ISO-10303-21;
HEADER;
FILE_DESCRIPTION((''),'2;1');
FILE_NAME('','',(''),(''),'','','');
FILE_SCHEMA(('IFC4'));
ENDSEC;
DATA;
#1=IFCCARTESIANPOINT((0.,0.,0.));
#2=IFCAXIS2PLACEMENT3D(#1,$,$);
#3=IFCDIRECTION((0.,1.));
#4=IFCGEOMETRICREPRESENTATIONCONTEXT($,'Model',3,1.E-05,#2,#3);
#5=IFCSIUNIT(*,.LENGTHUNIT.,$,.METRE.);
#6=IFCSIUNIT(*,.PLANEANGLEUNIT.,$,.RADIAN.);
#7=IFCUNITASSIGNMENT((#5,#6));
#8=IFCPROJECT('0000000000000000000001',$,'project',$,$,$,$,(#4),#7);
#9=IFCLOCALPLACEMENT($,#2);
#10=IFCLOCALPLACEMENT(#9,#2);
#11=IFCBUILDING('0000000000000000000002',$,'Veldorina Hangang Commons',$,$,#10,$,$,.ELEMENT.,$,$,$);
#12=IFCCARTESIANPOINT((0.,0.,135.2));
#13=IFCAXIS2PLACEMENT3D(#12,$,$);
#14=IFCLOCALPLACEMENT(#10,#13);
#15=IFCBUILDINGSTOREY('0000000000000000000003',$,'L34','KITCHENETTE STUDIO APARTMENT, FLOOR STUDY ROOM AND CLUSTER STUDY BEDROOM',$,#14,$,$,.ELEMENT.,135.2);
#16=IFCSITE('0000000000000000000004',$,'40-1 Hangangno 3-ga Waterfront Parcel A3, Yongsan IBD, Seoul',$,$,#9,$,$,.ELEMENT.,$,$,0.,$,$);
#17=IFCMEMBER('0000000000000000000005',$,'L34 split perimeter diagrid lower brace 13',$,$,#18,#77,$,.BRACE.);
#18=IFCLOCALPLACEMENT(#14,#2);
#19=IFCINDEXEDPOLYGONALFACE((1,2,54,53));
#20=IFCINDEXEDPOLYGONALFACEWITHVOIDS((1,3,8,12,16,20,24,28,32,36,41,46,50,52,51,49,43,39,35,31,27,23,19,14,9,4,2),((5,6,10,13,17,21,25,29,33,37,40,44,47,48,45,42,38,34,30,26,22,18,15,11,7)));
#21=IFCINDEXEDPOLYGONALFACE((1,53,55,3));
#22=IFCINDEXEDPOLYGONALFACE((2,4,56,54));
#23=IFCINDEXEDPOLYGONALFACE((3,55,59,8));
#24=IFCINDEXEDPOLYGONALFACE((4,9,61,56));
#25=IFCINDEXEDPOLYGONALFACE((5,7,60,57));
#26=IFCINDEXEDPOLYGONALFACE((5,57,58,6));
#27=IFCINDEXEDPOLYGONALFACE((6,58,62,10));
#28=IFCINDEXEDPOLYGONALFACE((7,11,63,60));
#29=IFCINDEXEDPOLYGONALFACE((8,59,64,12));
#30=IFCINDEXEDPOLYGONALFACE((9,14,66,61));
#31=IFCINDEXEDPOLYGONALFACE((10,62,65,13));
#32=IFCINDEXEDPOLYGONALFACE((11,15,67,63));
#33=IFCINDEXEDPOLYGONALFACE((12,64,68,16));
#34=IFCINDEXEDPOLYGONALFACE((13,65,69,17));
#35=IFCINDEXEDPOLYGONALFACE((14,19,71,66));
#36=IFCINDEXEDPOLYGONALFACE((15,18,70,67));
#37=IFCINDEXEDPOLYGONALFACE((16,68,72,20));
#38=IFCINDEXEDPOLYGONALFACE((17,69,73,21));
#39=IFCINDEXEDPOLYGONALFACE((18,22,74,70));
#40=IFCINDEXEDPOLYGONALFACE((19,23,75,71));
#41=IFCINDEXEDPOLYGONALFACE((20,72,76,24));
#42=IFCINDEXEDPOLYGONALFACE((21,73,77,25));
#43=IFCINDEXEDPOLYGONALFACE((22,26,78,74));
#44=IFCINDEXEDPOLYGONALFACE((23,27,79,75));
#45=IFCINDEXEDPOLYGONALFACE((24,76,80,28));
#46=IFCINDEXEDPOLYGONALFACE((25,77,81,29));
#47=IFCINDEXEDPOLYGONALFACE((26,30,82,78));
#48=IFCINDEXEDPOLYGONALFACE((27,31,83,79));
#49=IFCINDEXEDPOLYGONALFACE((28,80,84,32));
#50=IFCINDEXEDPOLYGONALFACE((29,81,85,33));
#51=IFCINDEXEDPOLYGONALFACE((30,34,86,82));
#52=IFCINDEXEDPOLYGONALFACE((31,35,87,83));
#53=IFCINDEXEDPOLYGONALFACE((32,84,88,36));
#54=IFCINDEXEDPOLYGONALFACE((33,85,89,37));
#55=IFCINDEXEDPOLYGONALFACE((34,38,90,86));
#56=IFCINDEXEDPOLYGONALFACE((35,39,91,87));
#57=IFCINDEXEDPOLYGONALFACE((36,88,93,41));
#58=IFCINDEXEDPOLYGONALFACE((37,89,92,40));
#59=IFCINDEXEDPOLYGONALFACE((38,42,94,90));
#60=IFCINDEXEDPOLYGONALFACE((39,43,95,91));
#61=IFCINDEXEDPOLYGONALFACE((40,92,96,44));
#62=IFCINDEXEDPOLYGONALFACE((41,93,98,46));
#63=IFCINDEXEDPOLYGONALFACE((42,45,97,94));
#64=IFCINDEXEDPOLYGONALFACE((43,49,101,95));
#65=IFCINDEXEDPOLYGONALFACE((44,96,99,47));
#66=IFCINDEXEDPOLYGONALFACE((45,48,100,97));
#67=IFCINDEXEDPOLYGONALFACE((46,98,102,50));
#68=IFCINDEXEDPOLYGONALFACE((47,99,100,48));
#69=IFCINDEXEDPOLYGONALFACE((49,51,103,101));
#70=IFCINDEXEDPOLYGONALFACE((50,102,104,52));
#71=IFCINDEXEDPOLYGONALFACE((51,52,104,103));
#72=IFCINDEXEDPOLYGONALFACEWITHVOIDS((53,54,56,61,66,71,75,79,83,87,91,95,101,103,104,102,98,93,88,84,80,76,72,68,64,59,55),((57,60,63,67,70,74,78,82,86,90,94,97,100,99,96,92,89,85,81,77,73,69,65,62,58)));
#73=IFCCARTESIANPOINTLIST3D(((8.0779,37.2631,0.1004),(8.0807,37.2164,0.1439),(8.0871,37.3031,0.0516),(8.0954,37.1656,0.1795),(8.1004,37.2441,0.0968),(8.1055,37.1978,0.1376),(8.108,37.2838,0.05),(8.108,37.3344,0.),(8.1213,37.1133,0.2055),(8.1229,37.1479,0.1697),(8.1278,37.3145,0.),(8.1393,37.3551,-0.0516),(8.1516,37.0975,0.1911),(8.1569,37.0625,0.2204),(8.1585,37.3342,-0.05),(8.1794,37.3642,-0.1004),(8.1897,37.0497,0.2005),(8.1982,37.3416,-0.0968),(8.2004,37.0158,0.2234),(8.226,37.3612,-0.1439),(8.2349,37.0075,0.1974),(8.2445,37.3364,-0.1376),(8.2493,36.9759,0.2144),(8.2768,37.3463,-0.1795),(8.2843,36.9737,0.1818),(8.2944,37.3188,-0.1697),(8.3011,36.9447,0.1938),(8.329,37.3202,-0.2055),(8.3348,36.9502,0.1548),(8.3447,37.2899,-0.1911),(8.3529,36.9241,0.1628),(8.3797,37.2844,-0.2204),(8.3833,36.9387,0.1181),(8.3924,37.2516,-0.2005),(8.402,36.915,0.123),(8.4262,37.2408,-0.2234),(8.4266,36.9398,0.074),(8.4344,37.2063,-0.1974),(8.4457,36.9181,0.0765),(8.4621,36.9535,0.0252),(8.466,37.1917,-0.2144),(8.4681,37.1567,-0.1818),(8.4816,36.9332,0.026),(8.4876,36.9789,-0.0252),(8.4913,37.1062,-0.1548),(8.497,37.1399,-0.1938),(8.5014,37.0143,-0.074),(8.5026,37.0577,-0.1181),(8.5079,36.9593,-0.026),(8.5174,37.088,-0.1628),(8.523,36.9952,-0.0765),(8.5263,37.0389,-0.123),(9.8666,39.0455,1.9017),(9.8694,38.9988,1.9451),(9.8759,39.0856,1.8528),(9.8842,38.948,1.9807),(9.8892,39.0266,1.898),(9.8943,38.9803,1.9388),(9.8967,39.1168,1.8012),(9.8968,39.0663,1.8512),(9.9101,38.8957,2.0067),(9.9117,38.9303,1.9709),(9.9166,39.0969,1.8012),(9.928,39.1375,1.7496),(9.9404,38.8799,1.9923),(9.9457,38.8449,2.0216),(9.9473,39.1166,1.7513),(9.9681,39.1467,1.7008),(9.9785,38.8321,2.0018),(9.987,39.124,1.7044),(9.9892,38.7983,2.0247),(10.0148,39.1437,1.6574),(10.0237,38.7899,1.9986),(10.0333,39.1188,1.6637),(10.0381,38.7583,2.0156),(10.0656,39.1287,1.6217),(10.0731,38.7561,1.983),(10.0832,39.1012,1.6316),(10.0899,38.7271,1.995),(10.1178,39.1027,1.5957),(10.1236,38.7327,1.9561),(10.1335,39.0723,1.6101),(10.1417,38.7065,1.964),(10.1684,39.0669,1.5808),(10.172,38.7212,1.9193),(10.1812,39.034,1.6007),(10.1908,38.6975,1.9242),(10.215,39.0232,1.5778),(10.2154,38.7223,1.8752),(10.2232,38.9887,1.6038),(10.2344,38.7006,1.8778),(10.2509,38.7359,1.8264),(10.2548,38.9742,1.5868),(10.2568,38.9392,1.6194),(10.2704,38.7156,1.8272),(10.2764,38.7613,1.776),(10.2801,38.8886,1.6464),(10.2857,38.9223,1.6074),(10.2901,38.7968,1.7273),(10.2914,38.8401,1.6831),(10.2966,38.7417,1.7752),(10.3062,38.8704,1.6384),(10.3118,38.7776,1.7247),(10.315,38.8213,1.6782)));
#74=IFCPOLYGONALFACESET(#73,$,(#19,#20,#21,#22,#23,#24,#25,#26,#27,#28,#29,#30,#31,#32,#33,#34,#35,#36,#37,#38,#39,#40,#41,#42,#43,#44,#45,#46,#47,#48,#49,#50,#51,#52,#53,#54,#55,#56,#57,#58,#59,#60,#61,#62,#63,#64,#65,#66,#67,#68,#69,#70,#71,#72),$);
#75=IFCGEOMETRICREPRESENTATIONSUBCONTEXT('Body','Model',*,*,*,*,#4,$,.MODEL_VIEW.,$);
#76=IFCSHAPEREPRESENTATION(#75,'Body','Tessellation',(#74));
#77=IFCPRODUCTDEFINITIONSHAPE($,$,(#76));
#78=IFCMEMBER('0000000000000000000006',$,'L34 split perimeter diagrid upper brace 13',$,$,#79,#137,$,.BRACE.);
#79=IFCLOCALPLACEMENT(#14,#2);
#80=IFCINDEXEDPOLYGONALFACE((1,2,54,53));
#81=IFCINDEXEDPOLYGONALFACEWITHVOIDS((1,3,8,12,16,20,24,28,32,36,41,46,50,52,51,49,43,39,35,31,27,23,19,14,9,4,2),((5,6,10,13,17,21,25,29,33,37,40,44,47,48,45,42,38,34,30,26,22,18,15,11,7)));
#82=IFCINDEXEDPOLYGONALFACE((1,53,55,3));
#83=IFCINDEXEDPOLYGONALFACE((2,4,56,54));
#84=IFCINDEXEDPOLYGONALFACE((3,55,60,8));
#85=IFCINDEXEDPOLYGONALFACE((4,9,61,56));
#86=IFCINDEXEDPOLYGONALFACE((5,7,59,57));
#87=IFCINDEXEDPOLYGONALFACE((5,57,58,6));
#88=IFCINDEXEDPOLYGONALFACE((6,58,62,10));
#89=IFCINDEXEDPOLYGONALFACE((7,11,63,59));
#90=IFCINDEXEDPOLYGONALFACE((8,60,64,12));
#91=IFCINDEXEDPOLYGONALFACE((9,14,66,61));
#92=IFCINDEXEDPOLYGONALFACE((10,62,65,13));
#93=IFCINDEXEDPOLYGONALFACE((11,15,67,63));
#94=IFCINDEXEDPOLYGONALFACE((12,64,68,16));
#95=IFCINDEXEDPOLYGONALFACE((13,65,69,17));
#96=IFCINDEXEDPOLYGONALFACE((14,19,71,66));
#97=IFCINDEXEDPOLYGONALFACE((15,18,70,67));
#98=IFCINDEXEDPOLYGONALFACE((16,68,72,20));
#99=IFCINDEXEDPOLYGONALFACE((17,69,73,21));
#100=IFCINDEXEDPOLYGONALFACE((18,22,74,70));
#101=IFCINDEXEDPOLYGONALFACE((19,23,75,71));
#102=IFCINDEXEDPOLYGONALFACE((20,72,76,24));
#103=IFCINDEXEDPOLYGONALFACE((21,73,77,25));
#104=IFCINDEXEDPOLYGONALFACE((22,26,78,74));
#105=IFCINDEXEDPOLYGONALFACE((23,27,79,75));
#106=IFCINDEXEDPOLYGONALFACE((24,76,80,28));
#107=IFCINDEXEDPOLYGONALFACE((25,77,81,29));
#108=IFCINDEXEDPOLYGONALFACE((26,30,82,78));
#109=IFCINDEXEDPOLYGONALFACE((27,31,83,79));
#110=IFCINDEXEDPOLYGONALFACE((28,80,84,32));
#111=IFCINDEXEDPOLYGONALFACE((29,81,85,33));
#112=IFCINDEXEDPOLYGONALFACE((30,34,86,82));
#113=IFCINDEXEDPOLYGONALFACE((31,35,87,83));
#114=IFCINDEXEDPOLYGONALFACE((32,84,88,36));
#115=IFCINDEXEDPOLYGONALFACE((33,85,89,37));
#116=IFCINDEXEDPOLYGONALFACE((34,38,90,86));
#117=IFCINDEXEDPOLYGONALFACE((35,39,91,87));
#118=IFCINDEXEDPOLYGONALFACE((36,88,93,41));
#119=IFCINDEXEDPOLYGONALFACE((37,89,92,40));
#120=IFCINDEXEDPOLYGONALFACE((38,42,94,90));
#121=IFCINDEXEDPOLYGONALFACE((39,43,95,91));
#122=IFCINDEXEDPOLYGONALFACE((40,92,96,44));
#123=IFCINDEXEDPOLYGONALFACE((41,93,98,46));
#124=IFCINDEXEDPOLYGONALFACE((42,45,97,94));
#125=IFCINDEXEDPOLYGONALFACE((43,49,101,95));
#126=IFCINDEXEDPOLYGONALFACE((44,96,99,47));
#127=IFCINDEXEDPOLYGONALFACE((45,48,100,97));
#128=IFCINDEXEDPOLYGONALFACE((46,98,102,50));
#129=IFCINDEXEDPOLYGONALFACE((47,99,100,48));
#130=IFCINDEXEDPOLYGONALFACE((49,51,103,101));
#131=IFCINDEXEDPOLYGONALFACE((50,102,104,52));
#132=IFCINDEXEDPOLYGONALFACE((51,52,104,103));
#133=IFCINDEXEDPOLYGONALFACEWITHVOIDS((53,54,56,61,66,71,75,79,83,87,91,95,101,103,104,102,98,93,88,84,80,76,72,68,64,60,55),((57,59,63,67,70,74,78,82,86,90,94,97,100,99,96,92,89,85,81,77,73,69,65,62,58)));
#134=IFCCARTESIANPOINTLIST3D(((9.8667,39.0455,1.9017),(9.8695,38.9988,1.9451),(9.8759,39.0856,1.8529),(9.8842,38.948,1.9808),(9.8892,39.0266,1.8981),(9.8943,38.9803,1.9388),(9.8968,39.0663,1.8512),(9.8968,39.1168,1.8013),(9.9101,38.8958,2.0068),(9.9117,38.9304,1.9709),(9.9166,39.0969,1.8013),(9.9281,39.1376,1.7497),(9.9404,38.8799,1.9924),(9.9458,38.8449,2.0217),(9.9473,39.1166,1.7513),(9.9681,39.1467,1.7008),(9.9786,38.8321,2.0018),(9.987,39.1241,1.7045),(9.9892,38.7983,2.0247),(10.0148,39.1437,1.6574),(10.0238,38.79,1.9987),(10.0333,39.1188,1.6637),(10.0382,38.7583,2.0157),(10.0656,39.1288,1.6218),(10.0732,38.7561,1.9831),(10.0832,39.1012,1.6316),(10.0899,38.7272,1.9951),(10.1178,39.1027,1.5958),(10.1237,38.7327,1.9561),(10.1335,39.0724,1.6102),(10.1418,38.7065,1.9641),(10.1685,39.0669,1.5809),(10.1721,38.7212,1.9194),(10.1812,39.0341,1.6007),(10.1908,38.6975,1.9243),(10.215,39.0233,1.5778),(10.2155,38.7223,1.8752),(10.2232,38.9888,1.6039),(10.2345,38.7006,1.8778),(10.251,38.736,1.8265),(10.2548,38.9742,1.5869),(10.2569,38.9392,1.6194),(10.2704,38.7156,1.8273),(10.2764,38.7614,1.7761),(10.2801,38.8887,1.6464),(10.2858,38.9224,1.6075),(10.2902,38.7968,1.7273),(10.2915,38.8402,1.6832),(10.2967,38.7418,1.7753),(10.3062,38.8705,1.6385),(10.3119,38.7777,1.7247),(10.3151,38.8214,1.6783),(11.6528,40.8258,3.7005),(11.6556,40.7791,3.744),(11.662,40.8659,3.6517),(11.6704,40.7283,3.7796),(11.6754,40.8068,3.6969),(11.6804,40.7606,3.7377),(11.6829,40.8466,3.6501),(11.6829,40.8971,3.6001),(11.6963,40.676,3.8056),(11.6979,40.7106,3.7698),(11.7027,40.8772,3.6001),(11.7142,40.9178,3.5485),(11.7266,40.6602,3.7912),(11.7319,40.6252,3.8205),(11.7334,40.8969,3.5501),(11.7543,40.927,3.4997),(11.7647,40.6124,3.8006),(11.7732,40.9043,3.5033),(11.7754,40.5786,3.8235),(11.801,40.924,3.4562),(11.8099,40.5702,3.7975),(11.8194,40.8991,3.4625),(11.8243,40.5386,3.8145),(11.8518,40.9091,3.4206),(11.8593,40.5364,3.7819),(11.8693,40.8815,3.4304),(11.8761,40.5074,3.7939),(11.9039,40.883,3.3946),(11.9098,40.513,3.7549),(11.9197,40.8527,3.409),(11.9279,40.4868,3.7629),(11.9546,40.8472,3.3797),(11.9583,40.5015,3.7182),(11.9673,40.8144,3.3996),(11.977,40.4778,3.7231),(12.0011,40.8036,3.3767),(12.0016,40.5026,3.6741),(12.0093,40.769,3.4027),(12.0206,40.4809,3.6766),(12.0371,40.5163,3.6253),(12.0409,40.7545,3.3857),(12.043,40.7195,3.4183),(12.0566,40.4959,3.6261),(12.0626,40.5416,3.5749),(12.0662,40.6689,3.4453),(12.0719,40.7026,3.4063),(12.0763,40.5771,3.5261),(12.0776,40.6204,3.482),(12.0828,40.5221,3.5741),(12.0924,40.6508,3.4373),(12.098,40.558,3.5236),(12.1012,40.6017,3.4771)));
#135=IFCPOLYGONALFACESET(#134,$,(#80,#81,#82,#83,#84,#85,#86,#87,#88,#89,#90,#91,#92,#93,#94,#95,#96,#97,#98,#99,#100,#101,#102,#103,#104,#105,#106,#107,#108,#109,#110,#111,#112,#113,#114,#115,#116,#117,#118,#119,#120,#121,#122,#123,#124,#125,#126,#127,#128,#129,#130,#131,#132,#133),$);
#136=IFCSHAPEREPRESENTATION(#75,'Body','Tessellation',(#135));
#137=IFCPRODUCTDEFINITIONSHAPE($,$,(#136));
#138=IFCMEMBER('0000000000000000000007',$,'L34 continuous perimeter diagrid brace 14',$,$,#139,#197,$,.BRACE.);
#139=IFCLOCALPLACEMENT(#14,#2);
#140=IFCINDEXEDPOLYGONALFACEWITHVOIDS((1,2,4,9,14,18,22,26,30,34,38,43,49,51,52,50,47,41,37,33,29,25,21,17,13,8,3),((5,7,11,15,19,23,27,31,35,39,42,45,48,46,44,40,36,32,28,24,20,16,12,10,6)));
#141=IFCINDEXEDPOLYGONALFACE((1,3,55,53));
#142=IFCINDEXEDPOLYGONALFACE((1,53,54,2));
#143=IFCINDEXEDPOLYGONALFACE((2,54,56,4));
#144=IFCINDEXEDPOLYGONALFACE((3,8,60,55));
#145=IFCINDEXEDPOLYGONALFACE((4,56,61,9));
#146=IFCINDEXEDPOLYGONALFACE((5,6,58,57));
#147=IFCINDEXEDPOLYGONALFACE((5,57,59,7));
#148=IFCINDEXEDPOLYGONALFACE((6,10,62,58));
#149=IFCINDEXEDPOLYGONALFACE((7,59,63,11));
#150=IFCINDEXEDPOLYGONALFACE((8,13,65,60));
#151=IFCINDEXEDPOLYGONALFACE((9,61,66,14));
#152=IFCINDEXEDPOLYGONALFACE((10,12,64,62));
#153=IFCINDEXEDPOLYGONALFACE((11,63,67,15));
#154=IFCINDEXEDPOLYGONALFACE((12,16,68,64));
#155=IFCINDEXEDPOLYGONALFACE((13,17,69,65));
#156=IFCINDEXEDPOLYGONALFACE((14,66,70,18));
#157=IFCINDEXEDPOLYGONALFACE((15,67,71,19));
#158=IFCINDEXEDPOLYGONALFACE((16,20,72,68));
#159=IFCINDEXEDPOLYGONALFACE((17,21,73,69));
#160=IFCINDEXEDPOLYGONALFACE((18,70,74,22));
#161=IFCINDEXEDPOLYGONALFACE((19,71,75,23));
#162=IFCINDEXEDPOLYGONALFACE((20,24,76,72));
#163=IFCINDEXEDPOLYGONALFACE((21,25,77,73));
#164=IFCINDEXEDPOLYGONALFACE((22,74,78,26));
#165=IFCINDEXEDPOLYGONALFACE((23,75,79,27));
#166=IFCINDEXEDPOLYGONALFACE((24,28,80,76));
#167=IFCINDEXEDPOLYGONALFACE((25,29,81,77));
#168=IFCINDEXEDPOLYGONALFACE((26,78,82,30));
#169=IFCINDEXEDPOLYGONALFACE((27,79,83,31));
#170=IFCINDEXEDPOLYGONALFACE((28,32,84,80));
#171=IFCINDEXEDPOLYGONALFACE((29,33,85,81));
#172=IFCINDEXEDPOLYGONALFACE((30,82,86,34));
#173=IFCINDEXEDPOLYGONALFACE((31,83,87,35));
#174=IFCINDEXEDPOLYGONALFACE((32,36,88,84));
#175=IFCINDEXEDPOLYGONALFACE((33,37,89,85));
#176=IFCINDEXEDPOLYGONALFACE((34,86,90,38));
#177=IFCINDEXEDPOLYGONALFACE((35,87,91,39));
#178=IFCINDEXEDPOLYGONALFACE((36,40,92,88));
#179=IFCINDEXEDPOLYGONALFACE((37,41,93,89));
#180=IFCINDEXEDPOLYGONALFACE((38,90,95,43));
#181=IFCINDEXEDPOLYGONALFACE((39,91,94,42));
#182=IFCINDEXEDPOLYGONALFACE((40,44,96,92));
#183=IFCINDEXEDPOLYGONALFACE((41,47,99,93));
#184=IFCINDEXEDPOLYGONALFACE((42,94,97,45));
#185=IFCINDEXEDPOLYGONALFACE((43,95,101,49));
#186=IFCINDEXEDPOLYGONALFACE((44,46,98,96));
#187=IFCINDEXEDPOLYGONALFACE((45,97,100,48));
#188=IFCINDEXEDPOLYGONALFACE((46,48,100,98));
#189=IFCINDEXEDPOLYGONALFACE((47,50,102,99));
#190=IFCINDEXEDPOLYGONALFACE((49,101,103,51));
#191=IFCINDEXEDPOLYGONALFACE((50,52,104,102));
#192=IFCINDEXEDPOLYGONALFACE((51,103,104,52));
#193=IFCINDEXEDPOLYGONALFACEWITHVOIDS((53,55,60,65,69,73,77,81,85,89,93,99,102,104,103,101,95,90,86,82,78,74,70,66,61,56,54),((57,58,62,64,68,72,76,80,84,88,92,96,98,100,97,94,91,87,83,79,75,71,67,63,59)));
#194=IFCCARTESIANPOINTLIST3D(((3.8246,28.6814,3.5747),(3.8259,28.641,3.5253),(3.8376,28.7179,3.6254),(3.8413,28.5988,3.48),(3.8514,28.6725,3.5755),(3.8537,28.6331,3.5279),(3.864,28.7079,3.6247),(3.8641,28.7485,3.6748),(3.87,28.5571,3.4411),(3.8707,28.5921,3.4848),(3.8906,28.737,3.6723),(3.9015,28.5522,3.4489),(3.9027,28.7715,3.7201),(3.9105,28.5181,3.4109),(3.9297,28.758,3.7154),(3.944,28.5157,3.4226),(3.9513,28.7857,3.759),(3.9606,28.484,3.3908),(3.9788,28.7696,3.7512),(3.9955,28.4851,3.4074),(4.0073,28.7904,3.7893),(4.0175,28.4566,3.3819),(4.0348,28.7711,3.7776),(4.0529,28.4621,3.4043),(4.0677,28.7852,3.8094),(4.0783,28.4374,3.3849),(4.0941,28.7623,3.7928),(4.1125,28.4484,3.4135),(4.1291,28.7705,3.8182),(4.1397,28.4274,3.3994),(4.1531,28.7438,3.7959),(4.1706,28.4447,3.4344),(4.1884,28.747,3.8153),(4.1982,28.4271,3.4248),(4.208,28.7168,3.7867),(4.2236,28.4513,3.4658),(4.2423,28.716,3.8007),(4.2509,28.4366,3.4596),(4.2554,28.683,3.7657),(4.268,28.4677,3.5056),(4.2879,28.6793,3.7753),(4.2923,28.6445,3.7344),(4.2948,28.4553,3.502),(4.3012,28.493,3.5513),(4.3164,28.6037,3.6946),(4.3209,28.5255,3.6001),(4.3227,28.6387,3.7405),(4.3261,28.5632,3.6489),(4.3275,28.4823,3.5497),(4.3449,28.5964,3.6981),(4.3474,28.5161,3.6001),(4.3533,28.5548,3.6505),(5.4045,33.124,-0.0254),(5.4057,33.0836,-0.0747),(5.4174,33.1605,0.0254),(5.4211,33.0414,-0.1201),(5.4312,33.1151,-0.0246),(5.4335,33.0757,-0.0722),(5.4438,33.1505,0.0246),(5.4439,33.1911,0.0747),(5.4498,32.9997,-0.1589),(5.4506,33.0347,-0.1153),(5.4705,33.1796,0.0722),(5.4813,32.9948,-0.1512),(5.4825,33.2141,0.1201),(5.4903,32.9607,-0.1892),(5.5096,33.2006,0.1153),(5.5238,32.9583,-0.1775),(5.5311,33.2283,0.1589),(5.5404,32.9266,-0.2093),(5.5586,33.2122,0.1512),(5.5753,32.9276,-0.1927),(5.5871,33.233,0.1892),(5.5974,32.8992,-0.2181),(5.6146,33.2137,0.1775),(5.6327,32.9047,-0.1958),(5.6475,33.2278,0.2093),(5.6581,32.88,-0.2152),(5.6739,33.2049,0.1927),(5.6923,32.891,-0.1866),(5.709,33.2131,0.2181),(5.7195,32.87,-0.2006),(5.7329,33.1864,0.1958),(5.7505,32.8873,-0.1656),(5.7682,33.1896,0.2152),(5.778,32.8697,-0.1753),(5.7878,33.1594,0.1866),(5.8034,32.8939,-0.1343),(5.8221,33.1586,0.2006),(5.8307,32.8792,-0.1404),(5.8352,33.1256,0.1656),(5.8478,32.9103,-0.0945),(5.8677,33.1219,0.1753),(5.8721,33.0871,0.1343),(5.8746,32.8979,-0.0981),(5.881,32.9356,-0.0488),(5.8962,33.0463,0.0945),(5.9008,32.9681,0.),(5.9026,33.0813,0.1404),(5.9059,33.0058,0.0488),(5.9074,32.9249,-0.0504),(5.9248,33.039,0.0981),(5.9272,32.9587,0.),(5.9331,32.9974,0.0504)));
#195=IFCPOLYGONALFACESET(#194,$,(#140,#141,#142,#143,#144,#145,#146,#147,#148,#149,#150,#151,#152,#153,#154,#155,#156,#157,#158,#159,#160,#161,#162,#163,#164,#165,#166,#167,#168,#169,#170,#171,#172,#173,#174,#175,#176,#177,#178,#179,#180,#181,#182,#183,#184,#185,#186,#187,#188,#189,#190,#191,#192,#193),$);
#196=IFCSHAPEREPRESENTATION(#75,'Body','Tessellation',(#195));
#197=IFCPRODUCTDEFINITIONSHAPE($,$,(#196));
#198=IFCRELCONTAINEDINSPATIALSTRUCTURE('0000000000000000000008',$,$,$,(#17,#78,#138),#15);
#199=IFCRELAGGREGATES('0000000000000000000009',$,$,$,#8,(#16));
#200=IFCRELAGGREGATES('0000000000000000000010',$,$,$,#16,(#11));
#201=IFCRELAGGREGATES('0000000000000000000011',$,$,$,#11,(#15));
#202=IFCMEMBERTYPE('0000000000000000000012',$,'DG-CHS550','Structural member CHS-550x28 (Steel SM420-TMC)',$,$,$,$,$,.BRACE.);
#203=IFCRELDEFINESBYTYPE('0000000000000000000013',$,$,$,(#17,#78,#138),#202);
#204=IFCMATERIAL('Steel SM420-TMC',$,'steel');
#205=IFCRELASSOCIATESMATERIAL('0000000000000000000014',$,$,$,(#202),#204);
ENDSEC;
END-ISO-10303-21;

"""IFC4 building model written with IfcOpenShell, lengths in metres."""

from ifc_helpers import new_model, si_unit, direction, frame, origin, origin_2d, place, context, subcontext, project, spatial, hollow_circle, extrude, material, material_profile, profile_set, type_object, element, save


model = new_model("IFC4")

# Units and contexts
model_context = context("Model", 3, precision=1e-05, world=origin(), true_north=direction((0.0, 1.0)))
body_context = subcontext(model_context, "Body", "Model", "MODEL_VIEW")
ifc_project = project(units=[si_unit("LENGTHUNIT", "METRE"), si_unit("PLANEANGLEUNIT", "RADIAN")], contexts=[model_context])

# Site, building, storey
site_placement = place(None, origin())
site = spatial("IfcSite", under=ifc_project, at=site_placement, Name="40-1 Hangangno 3-ga Waterfront Parcel A3, Yongsan IBD, Seoul", CompositionType="ELEMENT", RefElevation=0.0)
building_placement = place(site_placement, origin())
building = spatial("IfcBuilding", under=site, at=building_placement, Name="Veldorina Hangang Commons", CompositionType="ELEMENT")
storey_placement = place(building_placement, frame((0.0, 0.0, 135.2)))
storey = spatial("IfcBuildingStorey", under=building, at=storey_placement, Name="L34", Description="KITCHENETTE STUDIO APARTMENT, FLOOR STUDY ROOM AND CLUSTER STUDY BEDROOM", CompositionType="ELEMENT", Elevation=135.2)

# Shared definitions
ifc_material_1 = material(Name="Steel SM420-TMC", Category="steel")

# Members
ifc_material_profile_1 = material_profile(ifc_material_1, hollow_circle(Radius=0.2749, WallThickness=0.0281, at=origin_2d()), Name="CHS-550x28")
ifc_profile_set_1 = profile_set([ifc_material_profile_1], Name="Steel SM420-TMC")
member_type = type_object("IfcMemberType", Name="DG-CHS550", Description="Structural member CHS-550x28 (Steel SM420-TMC)", PredefinedType="BRACE", material=ifc_profile_set_1)
member_1_placement = place(storey_placement, frame((8.302, 37.1396, 0.0), z_axis=(0.576689, 0.574642, 0.580703), x_axis=(-0.705849, 0.708362, 0.0)))
element("IfcMember", 1, at=member_1_placement, inside=storey, type_object=member_type, Name="L34 split perimeter diagrid lower brace 13", PredefinedType="BRACE", context=body_context, shape_type="SweptSolid", body=[
    extrude(hollow_circle(Radius=0.2749, WallThickness=0.0281, at=origin_2d()), origin(), (0.0, 0.0, 1.0), 3.1018),
])
member_2_placement = place(storey_placement, frame((10.0908, 38.9221, 1.8013), z_axis=(0.576609, 0.574718, 0.580708), x_axis=(-0.705944, 0.708268, 0.0)))
element("IfcMember", 2, at=member_2_placement, inside=storey, type_object=member_type, Name="L34 split perimeter diagrid upper brace 13", PredefinedType="BRACE", context=body_context, shape_type="SweptSolid", body=[
    extrude(hollow_circle(Radius=0.2749, WallThickness=0.0281, at=origin_2d()), origin(), (0.0, 0.0, 1.0), 3.0977),
])
member_3_placement = place(storey_placement, frame((5.6682, 33.0508, 0.0), z_axis=(-0.266306, -0.748874, 0.606852), x_axis=(0.942199, -0.335054, 0.0)))
element("IfcMember", 3, at=member_3_placement, inside=storey, type_object=member_type, Name="L34 continuous perimeter diagrid brace 14", PredefinedType="BRACE", context=body_context, shape_type="SweptSolid", body=[
    extrude(hollow_circle(Radius=0.2749, WallThickness=0.0281, at=origin_2d()), origin(), (0.0, 0.0, 1.0), 5.9324),
])

save(model, "model.ifc")
